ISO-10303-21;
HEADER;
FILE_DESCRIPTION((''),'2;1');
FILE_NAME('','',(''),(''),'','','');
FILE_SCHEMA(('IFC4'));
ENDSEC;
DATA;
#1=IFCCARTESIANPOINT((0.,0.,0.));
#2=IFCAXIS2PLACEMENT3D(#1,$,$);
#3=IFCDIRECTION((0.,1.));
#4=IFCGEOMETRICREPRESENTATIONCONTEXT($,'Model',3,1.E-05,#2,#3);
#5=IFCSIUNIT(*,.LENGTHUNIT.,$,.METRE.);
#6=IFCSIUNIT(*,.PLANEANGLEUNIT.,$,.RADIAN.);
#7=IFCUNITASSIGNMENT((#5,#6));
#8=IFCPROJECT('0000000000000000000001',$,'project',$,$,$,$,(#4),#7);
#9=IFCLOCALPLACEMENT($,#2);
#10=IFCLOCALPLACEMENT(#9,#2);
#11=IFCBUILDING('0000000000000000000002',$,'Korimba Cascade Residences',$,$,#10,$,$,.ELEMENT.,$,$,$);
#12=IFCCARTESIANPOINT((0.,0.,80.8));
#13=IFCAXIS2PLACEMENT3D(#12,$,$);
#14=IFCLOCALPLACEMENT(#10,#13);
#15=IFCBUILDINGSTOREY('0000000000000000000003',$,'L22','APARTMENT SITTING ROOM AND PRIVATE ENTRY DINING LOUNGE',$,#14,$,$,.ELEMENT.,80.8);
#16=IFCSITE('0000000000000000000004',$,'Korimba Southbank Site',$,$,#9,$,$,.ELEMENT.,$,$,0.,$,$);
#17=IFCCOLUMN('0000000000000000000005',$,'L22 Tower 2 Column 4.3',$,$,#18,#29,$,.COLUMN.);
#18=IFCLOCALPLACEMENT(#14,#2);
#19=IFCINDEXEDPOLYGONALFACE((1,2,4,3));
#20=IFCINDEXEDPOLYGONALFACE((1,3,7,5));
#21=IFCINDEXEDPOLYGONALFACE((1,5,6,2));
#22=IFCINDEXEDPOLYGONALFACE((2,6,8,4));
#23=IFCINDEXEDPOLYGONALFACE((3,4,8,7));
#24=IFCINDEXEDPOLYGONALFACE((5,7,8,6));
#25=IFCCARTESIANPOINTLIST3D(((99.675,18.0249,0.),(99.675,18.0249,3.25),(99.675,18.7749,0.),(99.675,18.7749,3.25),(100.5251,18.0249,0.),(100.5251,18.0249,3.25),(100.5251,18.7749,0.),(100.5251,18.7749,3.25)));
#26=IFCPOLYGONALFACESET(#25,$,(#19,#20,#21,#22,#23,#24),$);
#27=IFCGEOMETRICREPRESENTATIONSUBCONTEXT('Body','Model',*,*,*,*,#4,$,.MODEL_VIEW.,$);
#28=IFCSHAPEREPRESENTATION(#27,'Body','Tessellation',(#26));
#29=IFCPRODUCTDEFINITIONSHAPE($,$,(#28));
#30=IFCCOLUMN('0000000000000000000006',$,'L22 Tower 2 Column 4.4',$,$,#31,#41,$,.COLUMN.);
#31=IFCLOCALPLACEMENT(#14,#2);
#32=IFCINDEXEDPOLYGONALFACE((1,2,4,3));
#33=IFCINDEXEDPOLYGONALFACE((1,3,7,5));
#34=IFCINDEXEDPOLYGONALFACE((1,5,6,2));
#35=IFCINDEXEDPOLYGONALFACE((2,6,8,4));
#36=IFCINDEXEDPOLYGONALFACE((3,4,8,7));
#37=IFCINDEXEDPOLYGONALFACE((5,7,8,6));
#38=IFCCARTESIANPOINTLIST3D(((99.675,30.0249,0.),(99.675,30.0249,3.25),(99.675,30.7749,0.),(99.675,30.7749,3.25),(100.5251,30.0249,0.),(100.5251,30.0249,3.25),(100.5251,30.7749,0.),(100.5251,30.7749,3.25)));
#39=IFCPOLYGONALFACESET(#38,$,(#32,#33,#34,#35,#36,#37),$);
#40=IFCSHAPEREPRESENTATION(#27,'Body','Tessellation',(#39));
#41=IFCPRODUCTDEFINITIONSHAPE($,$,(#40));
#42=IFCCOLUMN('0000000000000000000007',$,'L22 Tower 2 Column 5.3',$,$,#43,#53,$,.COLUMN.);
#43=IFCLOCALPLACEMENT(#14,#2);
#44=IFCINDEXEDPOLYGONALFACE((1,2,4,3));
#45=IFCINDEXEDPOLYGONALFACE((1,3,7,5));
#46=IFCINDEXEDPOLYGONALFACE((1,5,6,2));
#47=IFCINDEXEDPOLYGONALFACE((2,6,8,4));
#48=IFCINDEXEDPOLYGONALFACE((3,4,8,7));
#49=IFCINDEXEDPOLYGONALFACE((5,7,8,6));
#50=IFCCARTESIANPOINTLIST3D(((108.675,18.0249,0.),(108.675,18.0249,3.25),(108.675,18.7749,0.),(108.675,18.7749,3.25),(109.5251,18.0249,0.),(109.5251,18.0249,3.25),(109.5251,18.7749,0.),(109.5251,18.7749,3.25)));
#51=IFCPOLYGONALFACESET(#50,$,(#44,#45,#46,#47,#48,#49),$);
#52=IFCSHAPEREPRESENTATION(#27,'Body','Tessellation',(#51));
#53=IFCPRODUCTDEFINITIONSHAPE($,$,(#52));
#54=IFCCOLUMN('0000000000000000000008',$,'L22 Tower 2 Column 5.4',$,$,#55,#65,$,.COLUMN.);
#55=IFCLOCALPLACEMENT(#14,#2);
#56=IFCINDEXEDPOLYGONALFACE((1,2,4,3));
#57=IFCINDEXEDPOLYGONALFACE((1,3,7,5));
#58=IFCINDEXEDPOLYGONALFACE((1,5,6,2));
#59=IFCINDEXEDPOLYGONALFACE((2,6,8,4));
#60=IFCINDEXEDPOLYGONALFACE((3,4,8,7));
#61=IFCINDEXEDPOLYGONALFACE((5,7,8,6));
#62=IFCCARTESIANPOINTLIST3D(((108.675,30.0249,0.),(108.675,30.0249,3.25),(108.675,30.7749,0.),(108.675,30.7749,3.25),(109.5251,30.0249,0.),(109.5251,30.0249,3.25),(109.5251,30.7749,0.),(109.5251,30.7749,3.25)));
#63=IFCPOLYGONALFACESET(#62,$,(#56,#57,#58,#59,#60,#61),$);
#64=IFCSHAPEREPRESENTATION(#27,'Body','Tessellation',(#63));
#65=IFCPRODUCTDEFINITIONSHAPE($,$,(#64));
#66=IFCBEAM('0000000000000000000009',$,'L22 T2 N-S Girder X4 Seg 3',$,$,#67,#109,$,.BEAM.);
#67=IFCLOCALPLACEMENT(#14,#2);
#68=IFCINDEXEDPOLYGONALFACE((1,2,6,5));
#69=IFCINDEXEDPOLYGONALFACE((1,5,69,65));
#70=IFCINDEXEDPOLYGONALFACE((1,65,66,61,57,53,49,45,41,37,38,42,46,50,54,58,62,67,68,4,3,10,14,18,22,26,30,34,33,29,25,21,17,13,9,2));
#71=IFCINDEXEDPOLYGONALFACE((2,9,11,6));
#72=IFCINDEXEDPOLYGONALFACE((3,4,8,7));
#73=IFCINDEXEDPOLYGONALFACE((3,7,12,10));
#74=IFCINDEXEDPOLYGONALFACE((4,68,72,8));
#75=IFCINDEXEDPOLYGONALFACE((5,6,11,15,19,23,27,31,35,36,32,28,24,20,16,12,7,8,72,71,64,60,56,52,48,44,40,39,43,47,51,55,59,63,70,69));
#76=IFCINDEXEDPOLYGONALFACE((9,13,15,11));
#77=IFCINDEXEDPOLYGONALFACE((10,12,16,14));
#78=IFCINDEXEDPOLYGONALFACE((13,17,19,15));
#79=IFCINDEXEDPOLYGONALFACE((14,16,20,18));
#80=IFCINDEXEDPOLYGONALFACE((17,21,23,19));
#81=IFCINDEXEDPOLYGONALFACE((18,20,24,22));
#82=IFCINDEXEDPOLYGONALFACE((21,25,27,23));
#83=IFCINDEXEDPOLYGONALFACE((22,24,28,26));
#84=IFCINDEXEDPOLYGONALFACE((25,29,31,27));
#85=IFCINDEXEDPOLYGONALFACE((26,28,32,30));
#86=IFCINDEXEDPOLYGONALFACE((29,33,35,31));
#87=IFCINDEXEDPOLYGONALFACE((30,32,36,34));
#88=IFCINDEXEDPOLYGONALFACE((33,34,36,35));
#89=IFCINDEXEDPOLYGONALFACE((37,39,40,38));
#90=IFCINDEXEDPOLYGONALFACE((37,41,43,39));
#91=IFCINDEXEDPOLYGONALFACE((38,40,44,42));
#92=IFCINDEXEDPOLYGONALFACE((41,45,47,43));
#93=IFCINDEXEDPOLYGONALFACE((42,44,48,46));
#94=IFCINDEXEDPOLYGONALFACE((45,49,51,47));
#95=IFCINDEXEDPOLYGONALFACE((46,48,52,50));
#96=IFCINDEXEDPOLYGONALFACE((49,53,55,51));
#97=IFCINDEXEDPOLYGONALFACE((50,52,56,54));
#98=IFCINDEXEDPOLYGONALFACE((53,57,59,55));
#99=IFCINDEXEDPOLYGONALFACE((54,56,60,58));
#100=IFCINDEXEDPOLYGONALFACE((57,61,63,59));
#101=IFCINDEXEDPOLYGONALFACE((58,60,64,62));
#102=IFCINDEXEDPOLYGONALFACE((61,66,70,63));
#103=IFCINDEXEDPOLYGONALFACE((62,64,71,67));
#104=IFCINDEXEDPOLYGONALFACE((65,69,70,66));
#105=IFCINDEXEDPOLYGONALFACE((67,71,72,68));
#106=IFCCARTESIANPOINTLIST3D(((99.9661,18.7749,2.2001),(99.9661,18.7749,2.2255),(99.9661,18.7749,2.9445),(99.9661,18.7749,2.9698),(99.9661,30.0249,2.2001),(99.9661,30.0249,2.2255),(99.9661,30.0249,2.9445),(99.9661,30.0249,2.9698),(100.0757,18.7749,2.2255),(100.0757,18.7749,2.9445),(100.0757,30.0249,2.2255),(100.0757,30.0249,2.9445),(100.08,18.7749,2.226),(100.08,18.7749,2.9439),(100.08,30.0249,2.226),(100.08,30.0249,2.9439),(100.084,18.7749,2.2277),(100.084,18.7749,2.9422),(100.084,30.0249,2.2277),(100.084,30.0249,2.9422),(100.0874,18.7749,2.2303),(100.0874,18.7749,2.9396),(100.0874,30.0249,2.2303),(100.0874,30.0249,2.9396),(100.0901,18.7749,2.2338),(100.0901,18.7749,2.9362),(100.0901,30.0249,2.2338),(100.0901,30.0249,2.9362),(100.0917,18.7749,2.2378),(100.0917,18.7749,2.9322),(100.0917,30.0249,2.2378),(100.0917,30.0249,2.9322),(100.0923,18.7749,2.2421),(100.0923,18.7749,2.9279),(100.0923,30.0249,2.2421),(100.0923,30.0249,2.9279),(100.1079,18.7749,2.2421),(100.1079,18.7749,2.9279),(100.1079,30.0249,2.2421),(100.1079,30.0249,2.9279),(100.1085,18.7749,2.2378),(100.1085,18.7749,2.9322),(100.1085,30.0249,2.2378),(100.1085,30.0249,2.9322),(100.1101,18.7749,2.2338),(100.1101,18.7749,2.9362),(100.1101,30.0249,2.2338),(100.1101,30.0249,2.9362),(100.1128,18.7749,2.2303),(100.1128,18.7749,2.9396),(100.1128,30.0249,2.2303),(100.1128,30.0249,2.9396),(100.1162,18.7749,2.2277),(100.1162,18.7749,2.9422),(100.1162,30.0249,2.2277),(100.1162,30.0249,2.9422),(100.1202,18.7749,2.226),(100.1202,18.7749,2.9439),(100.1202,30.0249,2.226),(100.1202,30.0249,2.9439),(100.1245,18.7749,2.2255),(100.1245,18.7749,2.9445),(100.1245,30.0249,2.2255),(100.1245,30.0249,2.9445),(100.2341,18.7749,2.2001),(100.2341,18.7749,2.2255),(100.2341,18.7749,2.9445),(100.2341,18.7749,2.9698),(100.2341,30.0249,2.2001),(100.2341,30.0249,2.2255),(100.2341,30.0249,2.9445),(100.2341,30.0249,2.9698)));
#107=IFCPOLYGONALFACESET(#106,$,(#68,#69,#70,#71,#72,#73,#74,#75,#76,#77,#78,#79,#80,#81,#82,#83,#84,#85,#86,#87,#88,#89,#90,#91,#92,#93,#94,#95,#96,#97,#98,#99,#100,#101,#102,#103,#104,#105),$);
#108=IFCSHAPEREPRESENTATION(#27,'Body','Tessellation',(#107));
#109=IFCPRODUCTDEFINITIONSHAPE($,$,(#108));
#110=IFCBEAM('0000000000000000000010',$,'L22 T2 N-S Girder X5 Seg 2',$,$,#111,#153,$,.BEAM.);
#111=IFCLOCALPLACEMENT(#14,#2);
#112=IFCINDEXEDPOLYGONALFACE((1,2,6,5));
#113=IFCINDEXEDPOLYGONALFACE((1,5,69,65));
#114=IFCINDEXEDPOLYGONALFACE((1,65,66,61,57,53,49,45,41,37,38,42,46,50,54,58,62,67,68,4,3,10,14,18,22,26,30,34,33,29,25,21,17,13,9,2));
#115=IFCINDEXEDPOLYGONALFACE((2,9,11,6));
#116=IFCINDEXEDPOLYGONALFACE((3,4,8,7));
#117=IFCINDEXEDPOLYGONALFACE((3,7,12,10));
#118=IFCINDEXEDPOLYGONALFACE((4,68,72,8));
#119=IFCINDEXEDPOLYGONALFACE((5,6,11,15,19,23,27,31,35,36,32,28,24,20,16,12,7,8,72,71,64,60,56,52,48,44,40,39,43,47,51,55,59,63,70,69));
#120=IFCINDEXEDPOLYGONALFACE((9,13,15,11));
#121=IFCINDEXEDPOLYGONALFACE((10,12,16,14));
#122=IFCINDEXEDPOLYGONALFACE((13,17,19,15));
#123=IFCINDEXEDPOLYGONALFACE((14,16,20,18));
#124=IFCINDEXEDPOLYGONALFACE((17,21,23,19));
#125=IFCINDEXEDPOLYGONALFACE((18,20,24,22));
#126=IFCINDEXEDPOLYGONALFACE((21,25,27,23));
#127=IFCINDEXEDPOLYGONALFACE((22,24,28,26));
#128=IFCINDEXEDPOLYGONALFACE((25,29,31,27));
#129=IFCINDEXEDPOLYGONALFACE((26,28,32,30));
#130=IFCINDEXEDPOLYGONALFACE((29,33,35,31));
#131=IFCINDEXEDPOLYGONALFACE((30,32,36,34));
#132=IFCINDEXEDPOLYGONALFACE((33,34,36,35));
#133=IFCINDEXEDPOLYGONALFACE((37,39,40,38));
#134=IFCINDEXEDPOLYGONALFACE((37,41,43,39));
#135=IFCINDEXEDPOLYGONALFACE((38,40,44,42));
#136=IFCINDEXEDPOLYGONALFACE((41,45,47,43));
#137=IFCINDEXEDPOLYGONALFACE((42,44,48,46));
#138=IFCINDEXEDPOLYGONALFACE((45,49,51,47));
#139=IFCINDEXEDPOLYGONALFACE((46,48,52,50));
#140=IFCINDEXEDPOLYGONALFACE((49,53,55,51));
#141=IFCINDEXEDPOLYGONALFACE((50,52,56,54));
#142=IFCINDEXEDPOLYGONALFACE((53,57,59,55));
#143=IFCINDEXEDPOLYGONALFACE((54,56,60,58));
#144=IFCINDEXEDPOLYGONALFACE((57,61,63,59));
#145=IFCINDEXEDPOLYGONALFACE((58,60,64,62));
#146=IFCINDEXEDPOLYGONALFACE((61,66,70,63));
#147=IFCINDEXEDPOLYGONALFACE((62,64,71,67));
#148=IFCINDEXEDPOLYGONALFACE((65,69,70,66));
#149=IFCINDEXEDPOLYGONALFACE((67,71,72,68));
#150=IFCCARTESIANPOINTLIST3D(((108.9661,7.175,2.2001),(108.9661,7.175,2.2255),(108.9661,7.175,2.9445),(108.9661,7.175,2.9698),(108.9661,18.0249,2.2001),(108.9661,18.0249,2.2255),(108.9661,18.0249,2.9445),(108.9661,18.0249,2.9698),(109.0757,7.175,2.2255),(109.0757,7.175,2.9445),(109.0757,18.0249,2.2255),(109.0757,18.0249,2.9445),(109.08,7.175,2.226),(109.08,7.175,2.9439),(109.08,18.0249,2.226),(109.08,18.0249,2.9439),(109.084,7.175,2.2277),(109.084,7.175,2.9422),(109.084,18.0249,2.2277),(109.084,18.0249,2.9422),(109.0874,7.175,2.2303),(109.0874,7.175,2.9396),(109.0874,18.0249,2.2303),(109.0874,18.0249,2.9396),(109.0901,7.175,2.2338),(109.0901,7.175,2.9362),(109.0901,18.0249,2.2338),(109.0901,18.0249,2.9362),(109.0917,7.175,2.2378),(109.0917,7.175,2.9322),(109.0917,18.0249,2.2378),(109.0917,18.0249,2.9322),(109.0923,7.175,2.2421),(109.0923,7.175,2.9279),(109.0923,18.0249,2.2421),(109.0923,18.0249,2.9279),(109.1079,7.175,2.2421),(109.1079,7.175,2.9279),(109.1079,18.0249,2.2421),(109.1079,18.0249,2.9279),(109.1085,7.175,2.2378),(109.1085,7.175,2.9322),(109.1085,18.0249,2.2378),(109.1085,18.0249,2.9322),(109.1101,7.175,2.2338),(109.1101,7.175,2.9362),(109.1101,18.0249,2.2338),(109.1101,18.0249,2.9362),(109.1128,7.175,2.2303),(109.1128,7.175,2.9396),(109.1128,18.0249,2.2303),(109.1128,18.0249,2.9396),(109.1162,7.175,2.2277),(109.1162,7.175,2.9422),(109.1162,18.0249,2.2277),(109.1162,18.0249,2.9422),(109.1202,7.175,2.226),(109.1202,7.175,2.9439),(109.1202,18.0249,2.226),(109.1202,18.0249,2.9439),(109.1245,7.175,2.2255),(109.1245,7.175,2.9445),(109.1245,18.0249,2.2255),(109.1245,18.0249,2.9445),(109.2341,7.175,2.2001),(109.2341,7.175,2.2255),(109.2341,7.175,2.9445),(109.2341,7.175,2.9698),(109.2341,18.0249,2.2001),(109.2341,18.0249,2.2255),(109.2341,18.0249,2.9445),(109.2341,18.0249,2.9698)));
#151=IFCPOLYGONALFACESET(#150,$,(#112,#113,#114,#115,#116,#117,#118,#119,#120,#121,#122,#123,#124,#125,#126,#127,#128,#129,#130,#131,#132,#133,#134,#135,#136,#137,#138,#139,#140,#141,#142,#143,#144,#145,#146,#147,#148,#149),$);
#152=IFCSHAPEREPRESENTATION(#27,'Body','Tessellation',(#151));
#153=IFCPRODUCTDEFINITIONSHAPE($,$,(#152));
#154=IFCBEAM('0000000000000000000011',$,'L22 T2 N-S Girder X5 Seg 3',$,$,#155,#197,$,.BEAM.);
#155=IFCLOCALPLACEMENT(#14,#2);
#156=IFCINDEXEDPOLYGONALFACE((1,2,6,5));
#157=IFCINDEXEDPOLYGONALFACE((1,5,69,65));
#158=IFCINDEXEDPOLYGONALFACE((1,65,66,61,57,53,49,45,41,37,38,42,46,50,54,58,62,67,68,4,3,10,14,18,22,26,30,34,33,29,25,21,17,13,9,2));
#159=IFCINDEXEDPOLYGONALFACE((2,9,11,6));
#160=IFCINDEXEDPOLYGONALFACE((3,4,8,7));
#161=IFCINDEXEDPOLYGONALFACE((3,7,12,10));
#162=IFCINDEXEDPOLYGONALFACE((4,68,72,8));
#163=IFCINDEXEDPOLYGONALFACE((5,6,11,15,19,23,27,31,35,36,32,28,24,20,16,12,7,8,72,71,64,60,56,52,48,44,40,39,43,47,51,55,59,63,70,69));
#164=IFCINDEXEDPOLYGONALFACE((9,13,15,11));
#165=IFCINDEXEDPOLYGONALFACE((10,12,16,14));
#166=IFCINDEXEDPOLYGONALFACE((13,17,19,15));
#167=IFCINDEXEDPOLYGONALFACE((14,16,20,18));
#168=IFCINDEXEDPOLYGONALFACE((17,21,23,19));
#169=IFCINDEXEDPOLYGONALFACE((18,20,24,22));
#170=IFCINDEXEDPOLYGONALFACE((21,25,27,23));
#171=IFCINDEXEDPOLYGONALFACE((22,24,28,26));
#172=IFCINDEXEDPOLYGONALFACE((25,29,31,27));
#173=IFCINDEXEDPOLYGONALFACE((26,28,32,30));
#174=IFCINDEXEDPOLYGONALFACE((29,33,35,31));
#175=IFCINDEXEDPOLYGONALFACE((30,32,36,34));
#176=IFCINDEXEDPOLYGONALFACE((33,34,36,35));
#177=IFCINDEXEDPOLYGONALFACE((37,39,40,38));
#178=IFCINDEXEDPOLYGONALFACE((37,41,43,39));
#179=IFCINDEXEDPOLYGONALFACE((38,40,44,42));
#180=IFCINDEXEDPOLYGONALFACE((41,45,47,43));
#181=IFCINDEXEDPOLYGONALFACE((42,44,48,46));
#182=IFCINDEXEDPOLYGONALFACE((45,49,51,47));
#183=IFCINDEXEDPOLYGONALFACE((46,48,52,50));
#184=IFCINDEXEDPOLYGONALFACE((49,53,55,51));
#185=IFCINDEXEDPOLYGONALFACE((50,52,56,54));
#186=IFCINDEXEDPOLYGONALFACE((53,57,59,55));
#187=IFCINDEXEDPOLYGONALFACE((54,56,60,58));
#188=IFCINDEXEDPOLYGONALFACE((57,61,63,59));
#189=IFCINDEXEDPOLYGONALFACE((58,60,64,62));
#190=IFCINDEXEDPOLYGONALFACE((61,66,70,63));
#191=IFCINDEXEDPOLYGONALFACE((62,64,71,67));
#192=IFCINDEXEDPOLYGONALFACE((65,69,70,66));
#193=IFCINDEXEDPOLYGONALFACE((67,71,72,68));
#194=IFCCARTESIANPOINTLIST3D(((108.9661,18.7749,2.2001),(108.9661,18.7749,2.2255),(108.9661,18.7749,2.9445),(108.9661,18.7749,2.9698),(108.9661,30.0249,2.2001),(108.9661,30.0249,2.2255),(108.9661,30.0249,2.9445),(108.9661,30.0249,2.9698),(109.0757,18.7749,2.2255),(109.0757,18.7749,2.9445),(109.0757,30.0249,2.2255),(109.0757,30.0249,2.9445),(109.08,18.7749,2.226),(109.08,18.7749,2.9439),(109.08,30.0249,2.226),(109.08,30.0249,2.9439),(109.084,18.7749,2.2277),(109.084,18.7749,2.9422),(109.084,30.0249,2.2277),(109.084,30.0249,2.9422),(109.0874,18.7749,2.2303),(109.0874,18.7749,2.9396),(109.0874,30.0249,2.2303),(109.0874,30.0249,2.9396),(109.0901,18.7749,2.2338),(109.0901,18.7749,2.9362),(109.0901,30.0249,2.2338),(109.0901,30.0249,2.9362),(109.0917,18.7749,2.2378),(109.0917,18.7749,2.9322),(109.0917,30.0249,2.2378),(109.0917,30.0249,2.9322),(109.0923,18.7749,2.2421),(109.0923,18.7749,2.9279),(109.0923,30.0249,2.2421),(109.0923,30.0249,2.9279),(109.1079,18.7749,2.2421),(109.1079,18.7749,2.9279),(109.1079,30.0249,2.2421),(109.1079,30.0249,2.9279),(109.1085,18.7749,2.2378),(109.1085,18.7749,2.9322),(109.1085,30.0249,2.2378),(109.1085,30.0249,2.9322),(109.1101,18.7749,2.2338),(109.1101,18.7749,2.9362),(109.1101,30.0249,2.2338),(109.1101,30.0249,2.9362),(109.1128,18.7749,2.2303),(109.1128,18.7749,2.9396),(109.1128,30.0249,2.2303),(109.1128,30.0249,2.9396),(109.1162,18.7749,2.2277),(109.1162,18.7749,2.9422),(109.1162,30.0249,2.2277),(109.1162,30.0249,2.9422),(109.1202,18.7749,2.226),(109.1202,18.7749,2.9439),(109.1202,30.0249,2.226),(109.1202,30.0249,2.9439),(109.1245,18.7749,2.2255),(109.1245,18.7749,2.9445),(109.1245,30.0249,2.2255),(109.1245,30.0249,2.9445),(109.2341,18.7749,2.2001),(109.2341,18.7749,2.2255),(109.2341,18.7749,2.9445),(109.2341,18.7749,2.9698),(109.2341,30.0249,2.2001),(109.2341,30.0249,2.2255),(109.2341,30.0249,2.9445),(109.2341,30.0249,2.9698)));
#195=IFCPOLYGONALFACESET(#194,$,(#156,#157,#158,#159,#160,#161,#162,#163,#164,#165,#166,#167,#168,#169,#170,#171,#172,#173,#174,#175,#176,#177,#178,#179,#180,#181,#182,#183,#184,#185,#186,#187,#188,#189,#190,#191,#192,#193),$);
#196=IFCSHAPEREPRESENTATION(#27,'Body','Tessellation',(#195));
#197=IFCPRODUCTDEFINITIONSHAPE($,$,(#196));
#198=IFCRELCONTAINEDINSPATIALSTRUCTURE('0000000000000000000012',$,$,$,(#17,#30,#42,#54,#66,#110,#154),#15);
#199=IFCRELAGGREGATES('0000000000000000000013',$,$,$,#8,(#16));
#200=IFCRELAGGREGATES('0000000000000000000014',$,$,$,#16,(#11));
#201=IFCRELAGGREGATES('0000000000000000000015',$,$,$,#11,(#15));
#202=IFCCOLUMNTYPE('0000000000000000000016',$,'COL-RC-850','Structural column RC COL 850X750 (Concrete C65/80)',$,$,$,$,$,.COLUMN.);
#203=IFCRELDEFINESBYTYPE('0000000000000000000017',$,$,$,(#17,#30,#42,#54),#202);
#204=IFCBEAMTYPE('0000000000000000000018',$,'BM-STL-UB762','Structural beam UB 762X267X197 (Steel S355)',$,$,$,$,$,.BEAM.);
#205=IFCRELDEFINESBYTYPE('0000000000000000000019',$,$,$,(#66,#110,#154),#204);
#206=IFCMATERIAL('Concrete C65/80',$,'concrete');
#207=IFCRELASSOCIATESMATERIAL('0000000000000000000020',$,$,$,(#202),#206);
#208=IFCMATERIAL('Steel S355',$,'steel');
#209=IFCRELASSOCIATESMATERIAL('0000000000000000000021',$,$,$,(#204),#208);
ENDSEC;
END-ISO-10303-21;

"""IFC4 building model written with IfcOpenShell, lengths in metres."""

from ifc_helpers import new_model, si_unit, direction, frame, origin, origin_2d, place, context, subcontext, project, spatial, rectangle, i_section, extrude, material, material_profile, profile_set, type_object, element, save


model = new_model("IFC4")

# Units and contexts
model_context = context("Model", 3, precision=1e-05, world=origin(), true_north=direction((0.0, 1.0)))
body_context = subcontext(model_context, "Body", "Model", "MODEL_VIEW")
ifc_project = project(units=[si_unit("LENGTHUNIT", "METRE"), si_unit("PLANEANGLEUNIT", "RADIAN")], contexts=[model_context])

# Site, building, storey
site_placement = place(None, origin())
site = spatial("IfcSite", under=ifc_project, at=site_placement, Name="Korimba Southbank Site", CompositionType="ELEMENT", RefElevation=0.0)
building_placement = place(site_placement, origin())
building = spatial("IfcBuilding", under=site, at=building_placement, Name="Korimba Cascade Residences", CompositionType="ELEMENT")
storey_placement = place(building_placement, frame((0.0, 0.0, 80.8)))
storey = spatial("IfcBuildingStorey", under=building, at=storey_placement, Name="L22", Description="APARTMENT SITTING ROOM AND PRIVATE ENTRY DINING LOUNGE", CompositionType="ELEMENT", Elevation=80.8)

# Columns
ifc_material_1 = material(Name="Concrete C65/80", Category="concrete")
ifc_material_profile_1 = material_profile(ifc_material_1, rectangle(XDim=0.8501, YDim=0.75, at=origin_2d()), Name="Concrete C65/80")
ifc_profile_set_1 = profile_set([ifc_material_profile_1], Name="Concrete C65/80")
column_type = type_object("IfcColumnType", Name="COL-RC-850", Description="Structural column RC COL 850X750 (Concrete C65/80)", PredefinedType="COLUMN", material=ifc_profile_set_1)
for number, where, z_axis, x_axis, name in (
    (1, (100.1001, 18.3999, 0.0), (0.0, 0.0, 1.0), (1.0, 0.0, 0.0), "L22 Tower 2 Column 4.3"),
    (2, (100.1001, 30.3999, 0.0), (0.0, 0.0, 1.0), (1.0, 0.0, 0.0), "L22 Tower 2 Column 4.4"),
    (3, (109.1001, 18.3999, 0.0), (0.0, 0.0, 1.0), (1.0, 0.0, 0.0), "L22 Tower 2 Column 5.3"),
    (4, (109.1001, 30.3999, 0.0), (0.0, 0.0, 1.0), (1.0, 0.0, 0.0), "L22 Tower 2 Column 5.4"),
):
    element("IfcColumn", number, at=place(storey_placement, frame(where, z_axis=z_axis, x_axis=x_axis)), inside=storey, type_object=column_type, Name=name, PredefinedType="COLUMN", context=body_context, shape_type="SweptSolid", body=[
        extrude(rectangle(XDim=0.8501, YDim=0.75, at=origin_2d()), origin(), (0.0, 0.0, 1.0), 3.25),
    ])

# Beams
ifc_material_2 = material(Name="Steel S355", Category="steel")
ifc_material_profile_2 = material_profile(ifc_material_2, i_section(OverallWidth=0.2681, OverallDepth=0.7698, WebThickness=0.0156, FlangeThickness=0.0254, FilletRadius=0.0166, at=origin_2d()), Name="Steel S355")
ifc_profile_set_2 = profile_set([ifc_material_profile_2], Name="Steel S355")
beam_type = type_object("IfcBeamType", Name="BM-STL-UB762", Description="Structural beam UB 762X267X197 (Steel S355)", PredefinedType="BEAM", material=ifc_profile_set_2)
beam_1_placement = place(storey_placement, frame((100.1001, 18.7749, 2.585), z_axis=(0.0, 1.0, 0.0), x_axis=(-1.0, 0.0, 0.0)))
element("IfcBeam", 5, at=beam_1_placement, inside=storey, type_object=beam_type, Name="L22 T2 N-S Girder X4 Seg 3", PredefinedType="BEAM", context=body_context, shape_type="SweptSolid", body=[
    extrude(i_section(OverallWidth=0.2681, OverallDepth=0.7698, WebThickness=0.0156, FlangeThickness=0.0254, FilletRadius=0.0166, at=origin_2d()), origin(), (0.0, 0.0, 1.0), 11.25),
])
beam_2_placement = place(storey_placement, frame((109.1001, 7.175, 2.585), z_axis=(0.0, 1.0, 0.0), x_axis=(-1.0, 0.0, 0.0)))
element("IfcBeam", 6, at=beam_2_placement, inside=storey, type_object=beam_type, Name="L22 T2 N-S Girder X5 Seg 2", PredefinedType="BEAM", context=body_context, shape_type="SweptSolid", body=[
    extrude(i_section(OverallWidth=0.2681, OverallDepth=0.7698, WebThickness=0.0156, FlangeThickness=0.0254, FilletRadius=0.0166, at=origin_2d()), origin(), (0.0, 0.0, 1.0), 10.8499),
])
beam_3_placement = place(storey_placement, frame((109.1001, 18.7749, 2.585), z_axis=(0.0, 1.0, 0.0), x_axis=(-1.0, 0.0, 0.0)))
element("IfcBeam", 7, at=beam_3_placement, inside=storey, type_object=beam_type, Name="L22 T2 N-S Girder X5 Seg 3", PredefinedType="BEAM", context=body_context, shape_type="SweptSolid", body=[
    extrude(i_section(OverallWidth=0.2681, OverallDepth=0.7698, WebThickness=0.0156, FlangeThickness=0.0254, FilletRadius=0.0166, at=origin_2d()), origin(), (0.0, 0.0, 1.0), 11.25),
])

save(model, "model.ifc")
